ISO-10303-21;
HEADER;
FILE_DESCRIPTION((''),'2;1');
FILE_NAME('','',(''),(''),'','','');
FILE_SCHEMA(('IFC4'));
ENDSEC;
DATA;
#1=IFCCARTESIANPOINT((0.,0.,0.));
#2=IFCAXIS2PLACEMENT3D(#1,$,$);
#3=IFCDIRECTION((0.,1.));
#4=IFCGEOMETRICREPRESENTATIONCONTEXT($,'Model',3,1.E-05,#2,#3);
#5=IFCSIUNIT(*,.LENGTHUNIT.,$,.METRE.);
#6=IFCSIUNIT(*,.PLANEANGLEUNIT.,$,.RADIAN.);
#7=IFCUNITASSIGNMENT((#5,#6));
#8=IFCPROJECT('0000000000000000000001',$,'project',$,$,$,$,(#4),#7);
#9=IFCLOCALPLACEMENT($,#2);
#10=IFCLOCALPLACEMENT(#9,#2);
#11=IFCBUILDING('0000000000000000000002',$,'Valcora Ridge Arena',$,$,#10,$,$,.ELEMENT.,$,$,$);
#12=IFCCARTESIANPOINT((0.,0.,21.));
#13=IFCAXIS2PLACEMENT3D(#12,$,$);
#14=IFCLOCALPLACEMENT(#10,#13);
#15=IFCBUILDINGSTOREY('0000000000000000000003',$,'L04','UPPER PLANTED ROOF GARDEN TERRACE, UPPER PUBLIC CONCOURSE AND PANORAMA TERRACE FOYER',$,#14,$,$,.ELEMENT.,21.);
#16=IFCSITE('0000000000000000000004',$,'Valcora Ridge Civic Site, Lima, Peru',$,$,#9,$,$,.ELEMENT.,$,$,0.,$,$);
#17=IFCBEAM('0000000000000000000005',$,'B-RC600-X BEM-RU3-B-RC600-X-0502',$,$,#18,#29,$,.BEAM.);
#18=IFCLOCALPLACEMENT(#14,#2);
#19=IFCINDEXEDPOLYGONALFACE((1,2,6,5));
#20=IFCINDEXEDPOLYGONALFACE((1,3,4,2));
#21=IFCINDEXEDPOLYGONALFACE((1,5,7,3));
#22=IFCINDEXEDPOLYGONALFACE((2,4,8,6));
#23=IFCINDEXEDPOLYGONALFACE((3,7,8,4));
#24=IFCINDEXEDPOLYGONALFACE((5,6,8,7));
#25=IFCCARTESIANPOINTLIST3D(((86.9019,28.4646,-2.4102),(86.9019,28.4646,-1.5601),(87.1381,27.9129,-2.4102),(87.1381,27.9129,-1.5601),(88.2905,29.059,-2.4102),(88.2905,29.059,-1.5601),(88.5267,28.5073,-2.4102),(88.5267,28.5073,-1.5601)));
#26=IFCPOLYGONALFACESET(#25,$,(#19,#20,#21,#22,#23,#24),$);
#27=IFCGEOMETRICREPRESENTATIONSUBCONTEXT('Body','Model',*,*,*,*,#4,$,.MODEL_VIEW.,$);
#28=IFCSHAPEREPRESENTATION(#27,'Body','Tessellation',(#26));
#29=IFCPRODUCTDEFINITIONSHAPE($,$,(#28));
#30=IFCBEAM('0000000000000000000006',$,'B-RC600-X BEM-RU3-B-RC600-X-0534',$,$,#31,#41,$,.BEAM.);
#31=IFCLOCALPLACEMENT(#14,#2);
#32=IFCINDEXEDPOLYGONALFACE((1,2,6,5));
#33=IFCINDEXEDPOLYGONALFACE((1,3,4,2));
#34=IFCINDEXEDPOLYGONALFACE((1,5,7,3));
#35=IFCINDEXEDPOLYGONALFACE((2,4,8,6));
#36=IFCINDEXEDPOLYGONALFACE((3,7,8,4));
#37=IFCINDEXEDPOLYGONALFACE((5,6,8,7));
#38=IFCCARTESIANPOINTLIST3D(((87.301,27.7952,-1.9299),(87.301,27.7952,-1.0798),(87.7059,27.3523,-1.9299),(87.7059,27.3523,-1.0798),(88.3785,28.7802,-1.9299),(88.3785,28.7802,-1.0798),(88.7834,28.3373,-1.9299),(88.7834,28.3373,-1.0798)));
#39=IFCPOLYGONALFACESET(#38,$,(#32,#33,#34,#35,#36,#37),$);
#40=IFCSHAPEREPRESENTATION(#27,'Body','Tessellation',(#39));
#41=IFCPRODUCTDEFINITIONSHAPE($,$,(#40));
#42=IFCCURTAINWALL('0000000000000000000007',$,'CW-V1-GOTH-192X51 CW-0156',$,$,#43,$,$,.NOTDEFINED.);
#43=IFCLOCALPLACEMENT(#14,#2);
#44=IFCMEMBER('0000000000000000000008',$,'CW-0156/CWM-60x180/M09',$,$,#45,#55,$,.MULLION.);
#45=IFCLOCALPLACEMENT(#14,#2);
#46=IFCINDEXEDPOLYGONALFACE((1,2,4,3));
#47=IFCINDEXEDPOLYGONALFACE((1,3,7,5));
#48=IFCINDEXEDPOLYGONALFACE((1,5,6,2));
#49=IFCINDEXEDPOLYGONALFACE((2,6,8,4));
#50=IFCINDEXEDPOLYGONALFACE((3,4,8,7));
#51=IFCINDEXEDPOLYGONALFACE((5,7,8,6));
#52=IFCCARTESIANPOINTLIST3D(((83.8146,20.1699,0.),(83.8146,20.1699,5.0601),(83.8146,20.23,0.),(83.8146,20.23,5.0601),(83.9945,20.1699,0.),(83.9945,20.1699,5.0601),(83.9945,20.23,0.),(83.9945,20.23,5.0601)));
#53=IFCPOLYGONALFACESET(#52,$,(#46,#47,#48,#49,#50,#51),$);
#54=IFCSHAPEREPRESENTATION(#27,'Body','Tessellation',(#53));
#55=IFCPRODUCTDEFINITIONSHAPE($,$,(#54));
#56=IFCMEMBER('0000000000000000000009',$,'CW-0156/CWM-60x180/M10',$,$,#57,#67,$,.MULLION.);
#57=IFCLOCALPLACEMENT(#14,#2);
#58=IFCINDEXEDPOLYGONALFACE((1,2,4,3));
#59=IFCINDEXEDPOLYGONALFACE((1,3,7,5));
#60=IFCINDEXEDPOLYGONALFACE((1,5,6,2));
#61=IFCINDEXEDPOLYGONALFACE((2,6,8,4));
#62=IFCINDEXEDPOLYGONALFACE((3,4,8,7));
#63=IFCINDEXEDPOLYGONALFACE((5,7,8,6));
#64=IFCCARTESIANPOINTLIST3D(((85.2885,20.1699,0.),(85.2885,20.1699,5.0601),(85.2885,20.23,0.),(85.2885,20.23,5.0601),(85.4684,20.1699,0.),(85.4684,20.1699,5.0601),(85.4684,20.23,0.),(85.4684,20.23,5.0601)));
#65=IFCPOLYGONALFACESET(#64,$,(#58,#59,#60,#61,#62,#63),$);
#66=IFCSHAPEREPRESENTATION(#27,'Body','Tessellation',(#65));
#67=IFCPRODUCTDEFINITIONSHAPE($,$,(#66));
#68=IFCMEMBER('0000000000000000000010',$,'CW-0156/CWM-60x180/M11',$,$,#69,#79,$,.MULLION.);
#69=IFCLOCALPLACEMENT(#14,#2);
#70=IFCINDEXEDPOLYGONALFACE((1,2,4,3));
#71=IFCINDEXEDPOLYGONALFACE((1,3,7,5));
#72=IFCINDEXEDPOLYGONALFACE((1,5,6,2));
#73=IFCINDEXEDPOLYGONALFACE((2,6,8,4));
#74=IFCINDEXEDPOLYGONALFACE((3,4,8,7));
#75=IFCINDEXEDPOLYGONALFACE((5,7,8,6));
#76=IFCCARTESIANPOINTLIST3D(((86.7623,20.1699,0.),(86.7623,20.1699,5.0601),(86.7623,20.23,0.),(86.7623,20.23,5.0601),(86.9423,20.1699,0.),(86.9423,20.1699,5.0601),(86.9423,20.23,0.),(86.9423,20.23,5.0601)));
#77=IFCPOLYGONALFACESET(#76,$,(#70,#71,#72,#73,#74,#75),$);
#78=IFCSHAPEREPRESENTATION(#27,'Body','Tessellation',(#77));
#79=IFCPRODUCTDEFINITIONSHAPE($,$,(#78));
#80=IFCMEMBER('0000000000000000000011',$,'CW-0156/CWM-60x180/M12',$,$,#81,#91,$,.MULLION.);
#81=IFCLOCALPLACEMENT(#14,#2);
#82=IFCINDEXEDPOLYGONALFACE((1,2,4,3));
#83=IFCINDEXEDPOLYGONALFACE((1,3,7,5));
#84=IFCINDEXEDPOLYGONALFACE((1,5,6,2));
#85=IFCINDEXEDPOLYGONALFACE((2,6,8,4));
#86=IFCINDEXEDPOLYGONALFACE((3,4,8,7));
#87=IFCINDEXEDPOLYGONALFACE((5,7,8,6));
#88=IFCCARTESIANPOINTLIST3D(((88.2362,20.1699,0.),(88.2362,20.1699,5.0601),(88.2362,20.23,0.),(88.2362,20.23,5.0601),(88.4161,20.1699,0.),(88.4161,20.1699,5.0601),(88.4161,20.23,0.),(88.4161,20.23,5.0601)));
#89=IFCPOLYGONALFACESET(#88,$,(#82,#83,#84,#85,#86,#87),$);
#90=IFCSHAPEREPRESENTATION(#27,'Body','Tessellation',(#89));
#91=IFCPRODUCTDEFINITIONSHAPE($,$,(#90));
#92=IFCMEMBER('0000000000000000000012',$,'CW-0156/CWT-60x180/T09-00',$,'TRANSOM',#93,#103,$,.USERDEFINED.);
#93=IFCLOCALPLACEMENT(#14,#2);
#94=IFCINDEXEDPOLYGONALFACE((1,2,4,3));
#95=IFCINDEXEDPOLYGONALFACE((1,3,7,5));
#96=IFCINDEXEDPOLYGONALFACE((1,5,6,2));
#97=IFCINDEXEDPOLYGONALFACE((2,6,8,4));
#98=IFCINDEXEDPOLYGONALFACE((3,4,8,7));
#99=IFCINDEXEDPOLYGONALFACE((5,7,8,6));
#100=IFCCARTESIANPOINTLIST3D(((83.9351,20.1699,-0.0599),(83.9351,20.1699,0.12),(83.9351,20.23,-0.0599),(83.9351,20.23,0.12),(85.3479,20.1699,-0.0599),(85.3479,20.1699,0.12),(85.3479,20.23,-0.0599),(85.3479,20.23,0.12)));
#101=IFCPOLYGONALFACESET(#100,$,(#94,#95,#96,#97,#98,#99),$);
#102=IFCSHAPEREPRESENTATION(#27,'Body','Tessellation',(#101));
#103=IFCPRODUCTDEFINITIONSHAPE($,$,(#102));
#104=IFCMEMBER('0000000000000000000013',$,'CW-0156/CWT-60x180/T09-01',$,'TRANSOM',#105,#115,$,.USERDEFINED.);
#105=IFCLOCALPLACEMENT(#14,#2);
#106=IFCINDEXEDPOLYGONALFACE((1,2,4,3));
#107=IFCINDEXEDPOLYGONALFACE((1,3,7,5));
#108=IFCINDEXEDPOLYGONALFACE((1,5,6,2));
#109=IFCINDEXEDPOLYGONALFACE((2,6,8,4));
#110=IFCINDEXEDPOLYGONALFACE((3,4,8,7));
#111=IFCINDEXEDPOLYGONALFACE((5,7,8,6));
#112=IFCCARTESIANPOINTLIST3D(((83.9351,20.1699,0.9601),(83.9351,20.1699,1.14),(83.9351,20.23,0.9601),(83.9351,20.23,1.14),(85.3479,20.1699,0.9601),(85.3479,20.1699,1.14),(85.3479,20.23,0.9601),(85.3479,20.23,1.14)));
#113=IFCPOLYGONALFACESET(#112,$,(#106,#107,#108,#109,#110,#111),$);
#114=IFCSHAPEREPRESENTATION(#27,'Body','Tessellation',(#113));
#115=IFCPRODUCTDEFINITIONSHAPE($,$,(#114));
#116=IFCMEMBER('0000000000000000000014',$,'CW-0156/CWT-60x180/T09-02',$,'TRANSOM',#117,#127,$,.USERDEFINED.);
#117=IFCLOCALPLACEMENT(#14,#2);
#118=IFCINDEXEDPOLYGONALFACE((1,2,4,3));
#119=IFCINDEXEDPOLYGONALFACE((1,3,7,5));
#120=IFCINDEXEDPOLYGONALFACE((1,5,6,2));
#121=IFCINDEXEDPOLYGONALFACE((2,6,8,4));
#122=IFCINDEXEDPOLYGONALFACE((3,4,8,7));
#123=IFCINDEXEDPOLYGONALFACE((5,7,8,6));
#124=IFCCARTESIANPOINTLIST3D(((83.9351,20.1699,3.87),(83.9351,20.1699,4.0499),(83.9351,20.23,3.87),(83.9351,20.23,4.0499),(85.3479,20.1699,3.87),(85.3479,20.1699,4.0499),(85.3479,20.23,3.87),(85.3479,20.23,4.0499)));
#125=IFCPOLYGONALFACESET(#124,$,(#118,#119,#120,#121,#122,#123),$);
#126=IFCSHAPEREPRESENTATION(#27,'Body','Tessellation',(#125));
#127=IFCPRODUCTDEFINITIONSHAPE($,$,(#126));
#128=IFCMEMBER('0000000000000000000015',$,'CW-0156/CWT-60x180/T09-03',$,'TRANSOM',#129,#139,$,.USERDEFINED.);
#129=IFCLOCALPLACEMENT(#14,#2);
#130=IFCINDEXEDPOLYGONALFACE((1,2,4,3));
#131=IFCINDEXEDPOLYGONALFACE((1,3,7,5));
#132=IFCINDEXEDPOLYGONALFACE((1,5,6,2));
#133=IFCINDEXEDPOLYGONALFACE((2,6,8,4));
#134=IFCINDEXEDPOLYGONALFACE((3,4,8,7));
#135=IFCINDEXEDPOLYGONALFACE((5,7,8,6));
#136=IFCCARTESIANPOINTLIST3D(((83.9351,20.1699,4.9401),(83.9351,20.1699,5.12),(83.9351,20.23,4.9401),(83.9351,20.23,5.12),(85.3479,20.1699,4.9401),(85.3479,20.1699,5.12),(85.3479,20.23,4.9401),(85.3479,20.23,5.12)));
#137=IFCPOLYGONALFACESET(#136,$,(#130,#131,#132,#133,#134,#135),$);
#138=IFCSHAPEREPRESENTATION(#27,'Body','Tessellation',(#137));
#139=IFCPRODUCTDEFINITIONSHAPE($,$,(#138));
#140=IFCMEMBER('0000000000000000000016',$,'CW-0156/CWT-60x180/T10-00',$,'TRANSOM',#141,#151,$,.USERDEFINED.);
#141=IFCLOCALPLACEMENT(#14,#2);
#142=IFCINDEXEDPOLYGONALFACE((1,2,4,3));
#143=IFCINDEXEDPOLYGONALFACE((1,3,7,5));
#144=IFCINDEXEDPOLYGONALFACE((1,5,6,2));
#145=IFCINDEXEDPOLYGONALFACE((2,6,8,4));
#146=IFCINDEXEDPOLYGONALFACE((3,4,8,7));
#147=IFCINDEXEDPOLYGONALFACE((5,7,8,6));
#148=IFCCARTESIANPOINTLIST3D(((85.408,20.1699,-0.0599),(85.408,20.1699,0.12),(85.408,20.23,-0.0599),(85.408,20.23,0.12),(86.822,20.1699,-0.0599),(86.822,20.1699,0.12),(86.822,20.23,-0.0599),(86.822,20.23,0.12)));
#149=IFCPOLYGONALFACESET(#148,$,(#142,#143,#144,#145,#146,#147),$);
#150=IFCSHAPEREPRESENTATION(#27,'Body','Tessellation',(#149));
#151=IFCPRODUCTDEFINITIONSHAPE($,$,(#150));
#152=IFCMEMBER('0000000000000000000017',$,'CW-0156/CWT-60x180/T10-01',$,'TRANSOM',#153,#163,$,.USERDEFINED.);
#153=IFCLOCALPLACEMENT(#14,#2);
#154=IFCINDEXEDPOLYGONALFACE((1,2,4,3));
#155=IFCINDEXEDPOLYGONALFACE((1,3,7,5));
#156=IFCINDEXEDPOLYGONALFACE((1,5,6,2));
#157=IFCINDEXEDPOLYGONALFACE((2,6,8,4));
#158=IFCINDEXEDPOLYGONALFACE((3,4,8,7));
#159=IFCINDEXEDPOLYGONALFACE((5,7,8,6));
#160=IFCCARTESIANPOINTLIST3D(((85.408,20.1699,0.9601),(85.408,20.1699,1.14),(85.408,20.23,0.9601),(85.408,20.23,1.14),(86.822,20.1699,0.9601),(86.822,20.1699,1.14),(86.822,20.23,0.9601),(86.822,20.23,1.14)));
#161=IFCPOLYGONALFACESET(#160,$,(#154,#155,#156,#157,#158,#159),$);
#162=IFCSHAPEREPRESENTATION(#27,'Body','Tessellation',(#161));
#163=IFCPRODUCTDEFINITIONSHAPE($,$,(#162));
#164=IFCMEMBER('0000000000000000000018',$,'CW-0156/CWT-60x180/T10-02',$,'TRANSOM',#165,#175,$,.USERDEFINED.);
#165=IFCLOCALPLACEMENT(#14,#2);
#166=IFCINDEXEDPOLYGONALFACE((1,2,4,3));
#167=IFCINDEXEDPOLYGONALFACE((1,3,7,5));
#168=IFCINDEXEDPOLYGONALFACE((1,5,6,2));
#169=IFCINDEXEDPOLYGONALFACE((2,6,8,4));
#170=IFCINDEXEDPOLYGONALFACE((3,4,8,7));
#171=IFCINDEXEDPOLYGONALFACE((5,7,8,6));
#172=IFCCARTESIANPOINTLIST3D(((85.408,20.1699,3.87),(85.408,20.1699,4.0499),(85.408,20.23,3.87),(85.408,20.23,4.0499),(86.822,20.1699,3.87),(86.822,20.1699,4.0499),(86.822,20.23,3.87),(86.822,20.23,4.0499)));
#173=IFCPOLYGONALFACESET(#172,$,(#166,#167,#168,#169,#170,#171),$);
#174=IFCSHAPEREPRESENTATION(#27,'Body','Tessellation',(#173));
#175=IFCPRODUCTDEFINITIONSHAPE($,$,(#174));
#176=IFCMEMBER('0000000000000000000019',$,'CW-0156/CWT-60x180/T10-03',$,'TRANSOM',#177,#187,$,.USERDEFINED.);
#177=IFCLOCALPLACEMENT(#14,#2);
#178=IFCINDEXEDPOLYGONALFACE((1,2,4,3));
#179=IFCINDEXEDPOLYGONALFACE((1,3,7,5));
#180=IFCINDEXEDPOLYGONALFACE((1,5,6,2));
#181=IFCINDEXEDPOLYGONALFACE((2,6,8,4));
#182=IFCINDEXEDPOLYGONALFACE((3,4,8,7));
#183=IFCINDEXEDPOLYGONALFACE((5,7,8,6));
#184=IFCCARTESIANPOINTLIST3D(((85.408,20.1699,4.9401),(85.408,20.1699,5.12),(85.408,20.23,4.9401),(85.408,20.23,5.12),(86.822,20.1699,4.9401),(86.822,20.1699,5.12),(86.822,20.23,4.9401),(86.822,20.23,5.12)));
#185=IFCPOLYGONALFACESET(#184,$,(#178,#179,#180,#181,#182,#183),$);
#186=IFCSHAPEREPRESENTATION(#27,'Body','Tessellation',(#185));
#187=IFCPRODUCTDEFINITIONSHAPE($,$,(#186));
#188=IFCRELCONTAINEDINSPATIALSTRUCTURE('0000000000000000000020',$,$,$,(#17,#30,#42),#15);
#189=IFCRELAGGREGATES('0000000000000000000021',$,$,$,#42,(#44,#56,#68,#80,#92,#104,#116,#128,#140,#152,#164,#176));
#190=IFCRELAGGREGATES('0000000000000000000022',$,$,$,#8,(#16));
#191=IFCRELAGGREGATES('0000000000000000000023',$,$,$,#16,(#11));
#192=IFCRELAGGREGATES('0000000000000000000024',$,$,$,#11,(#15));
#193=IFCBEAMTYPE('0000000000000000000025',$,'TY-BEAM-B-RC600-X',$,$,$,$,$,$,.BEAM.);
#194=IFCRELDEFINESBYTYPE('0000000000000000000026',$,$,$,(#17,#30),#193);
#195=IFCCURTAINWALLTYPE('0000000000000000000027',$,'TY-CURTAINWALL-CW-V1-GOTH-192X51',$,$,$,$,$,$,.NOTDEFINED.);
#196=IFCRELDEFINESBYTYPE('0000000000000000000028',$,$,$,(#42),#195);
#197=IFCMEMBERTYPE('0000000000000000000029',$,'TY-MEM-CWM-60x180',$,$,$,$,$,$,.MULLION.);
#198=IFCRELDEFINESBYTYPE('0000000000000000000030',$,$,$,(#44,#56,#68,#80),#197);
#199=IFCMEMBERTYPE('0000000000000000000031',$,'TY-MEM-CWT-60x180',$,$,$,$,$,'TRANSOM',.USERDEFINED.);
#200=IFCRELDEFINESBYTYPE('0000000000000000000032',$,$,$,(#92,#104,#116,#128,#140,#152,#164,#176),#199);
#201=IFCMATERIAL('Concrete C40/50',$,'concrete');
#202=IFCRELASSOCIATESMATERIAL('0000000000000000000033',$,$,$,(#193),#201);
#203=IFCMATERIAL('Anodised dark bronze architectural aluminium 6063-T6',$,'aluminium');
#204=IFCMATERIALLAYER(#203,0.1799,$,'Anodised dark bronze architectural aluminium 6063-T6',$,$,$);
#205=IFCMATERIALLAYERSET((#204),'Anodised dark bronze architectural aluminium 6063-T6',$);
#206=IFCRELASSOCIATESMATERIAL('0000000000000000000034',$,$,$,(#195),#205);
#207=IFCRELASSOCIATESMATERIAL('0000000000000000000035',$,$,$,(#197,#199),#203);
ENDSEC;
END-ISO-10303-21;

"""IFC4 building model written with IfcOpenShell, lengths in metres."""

from ifc_helpers import new_model, si_unit, direction, frame, origin, origin_2d, place, context, subcontext, project, spatial, rectangle, extrude, material, layer, layer_set, material_profile, profile_set, type_object, element, aggregate, save


model = new_model("IFC4")

# Units and contexts
model_context = context("Model", 3, precision=1e-05, world=origin(), true_north=direction((0.0, 1.0)))
body_context = subcontext(model_context, "Body", "Model", "MODEL_VIEW")
ifc_project = project(units=[si_unit("LENGTHUNIT", "METRE"), si_unit("PLANEANGLEUNIT", "RADIAN")], contexts=[model_context])

# Site, building, storey
site_placement = place(None, origin())
site = spatial("IfcSite", under=ifc_project, at=site_placement, Name="Valcora Ridge Civic Site, Lima, Peru", CompositionType="ELEMENT", RefElevation=0.0)
building_placement = place(site_placement, origin())
building = spatial("IfcBuilding", under=site, at=building_placement, Name="Valcora Ridge Arena", CompositionType="ELEMENT")
storey_placement = place(building_placement, frame((0.0, 0.0, 21.0)))
storey = spatial("IfcBuildingStorey", under=building, at=storey_placement, Name="L04", Description="UPPER PLANTED ROOF GARDEN TERRACE, UPPER PUBLIC CONCOURSE AND PANORAMA TERRACE FOYER", CompositionType="ELEMENT", Elevation=21.0)

# Beams
ifc_material_1 = material(Name="Concrete C40/50", Category="concrete")
ifc_material_profile_1 = material_profile(ifc_material_1, rectangle(XDim=0.6001, YDim=0.8501, at=origin_2d()), Name="RC 600x850")
ifc_profile_set_1 = profile_set([ifc_material_profile_1], Name="Concrete C40/50")
beam_type = type_object("IfcBeamType", Name="TY-BEAM-B-RC600-X", PredefinedType="BEAM", material=ifc_profile_set_1)
beam_1_placement = place(storey_placement, frame((87.02, 28.1887, -1.9851), z_axis=(0.919304, 0.393549, 0.0), x_axis=(-0.393549, 0.919304, 0.0)))
element("IfcBeam", 1, at=beam_1_placement, inside=storey, type_object=beam_type, Name="B-RC600-X BEM-RU3-B-RC600-X-0502", PredefinedType="BEAM", context=body_context, shape_type="SweptSolid", body=[
    extrude(rectangle(XDim=0.6001, YDim=0.8501, at=origin_2d()), origin(), (0.0, 0.0, 1.0), 1.5105),
])
beam_2_placement = place(storey_placement, frame((87.5034, 27.5737, -1.5049), z_axis=(0.738084, 0.674709, 0.0), x_axis=(-0.674709, 0.738084, 0.0)))
element("IfcBeam", 2, at=beam_2_placement, inside=storey, type_object=beam_type, Name="B-RC600-X BEM-RU3-B-RC600-X-0534", PredefinedType="BEAM", context=body_context, shape_type="SweptSolid", body=[
    extrude(rectangle(XDim=0.6001, YDim=0.8501, at=origin_2d()), origin(), (0.0, 0.0, 1.0), 1.46),
])

# Curtain wall, members
ifc_material_2 = material(Name="Anodised dark bronze architectural aluminium 6063-T6", Category="aluminium")
ifc_layer_1 = layer(ifc_material_2, 0.1799, Name="Anodised dark bronze architectural aluminium 6063-T6")
ifc_layer_set_1 = layer_set([ifc_layer_1], Name="Anodised dark bronze architectural aluminium 6063-T6")
curtain_wall_type = type_object("IfcCurtainWallType", Name="TY-CURTAINWALL-CW-V1-GOTH-192X51", PredefinedType="NOTDEFINED", material=ifc_layer_set_1)
curtain_wall_placement = place(storey_placement, origin())
curtain_wall = element("IfcCurtainWall", 3, at=curtain_wall_placement, inside=storey, type_object=curtain_wall_type, Name="CW-V1-GOTH-192X51 CW-0156", PredefinedType="NOTDEFINED")
ifc_material_profile_2 = material_profile(ifc_material_2, rectangle(XDim=0.0601, YDim=0.1799, at=origin_2d()), Name="ALU MULLION 60x180")
ifc_profile_set_2 = profile_set([ifc_material_profile_2], Name="Anodised dark bronze architectural aluminium 6063-T6")
member_type_1 = type_object("IfcMemberType", Name="TY-MEM-CWM-60x180", PredefinedType="MULLION", material=ifc_profile_set_2)
member_1_placement = place(storey_placement, frame((83.9045, 20.2, 0.0), z_axis=(0.0, 0.0, 1.0), x_axis=(0.0, 1.0, 0.0)))
member_1 = element("IfcMember", 4, at=member_1_placement, type_object=member_type_1, Name="CW-0156/CWM-60x180/M09", PredefinedType="MULLION", context=body_context, shape_type="SweptSolid", body=[
    extrude(rectangle(XDim=0.0601, YDim=0.1799, at=origin_2d()), origin(), (0.0, 0.0, 1.0), 5.0601),
])
member_2_placement = place(storey_placement, frame((85.3784, 20.2, 0.0), z_axis=(0.0, 0.0, 1.0), x_axis=(0.0, 1.0, 0.0)))
member_2 = element("IfcMember", 5, at=member_2_placement, type_object=member_type_1, Name="CW-0156/CWM-60x180/M10", PredefinedType="MULLION", context=body_context, shape_type="SweptSolid", body=[
    extrude(rectangle(XDim=0.0601, YDim=0.1799, at=origin_2d()), origin(), (0.0, 0.0, 1.0), 5.0601),
])
member_3_placement = place(storey_placement, frame((86.8523, 20.2, 0.0), z_axis=(0.0, 0.0, 1.0), x_axis=(0.0, 1.0, 0.0)))
member_3 = element("IfcMember", 6, at=member_3_placement, type_object=member_type_1, Name="CW-0156/CWM-60x180/M11", PredefinedType="MULLION", context=body_context, shape_type="SweptSolid", body=[
    extrude(rectangle(XDim=0.0601, YDim=0.1799, at=origin_2d()), origin(), (0.0, 0.0, 1.0), 5.0601),
])
member_4_placement = place(storey_placement, frame((88.3262, 20.2, 0.0), z_axis=(0.0, 0.0, 1.0), x_axis=(0.0, 1.0, 0.0)))
member_4 = element("IfcMember", 7, at=member_4_placement, type_object=member_type_1, Name="CW-0156/CWM-60x180/M12", PredefinedType="MULLION", context=body_context, shape_type="SweptSolid", body=[
    extrude(rectangle(XDim=0.0601, YDim=0.1799, at=origin_2d()), origin(), (0.0, 0.0, 1.0), 5.0601),
])
ifc_material_profile_3 = material_profile(ifc_material_2, rectangle(XDim=0.0601, YDim=0.1799, at=origin_2d()), Name="ALU TRANSOM 60x180")
ifc_profile_set_3 = profile_set([ifc_material_profile_3], Name="Anodised dark bronze architectural aluminium 6063-T6")
member_type_2 = type_object("IfcMemberType", Name="TY-MEM-CWT-60x180", ElementType="TRANSOM", PredefinedType="USERDEFINED", material=ifc_profile_set_3)
member_5_placement = place(storey_placement, frame((83.9351, 20.2, 0.03), z_axis=(1.0, 0.0, 0.0), x_axis=(0.0, 1.0, 0.0)))
member_5 = element("IfcMember", 8, at=member_5_placement, type_object=member_type_2, Name="CW-0156/CWT-60x180/T09-00", ObjectType="TRANSOM", PredefinedType="USERDEFINED", context=body_context, shape_type="SweptSolid", body=[
    extrude(rectangle(XDim=0.0601, YDim=0.1799, at=origin_2d()), origin(), (0.0, 0.0, 1.0), 1.4128),
])
member_6_placement = place(storey_placement, frame((83.9351, 20.2, 1.05), z_axis=(1.0, 0.0, 0.0), x_axis=(0.0, 1.0, 0.0)))
member_6 = element("IfcMember", 9, at=member_6_placement, type_object=member_type_2, Name="CW-0156/CWT-60x180/T09-01", ObjectType="TRANSOM", PredefinedType="USERDEFINED", context=body_context, shape_type="SweptSolid", body=[
    extrude(rectangle(XDim=0.0601, YDim=0.1799, at=origin_2d()), origin(), (0.0, 0.0, 1.0), 1.4128),
])
member_7_placement = place(storey_placement, frame((83.9351, 20.2, 3.96), z_axis=(1.0, 0.0, 0.0), x_axis=(0.0, 1.0, 0.0)))
member_7 = element("IfcMember", 10, at=member_7_placement, type_object=member_type_2, Name="CW-0156/CWT-60x180/T09-02", ObjectType="TRANSOM", PredefinedType="USERDEFINED", context=body_context, shape_type="SweptSolid", body=[
    extrude(rectangle(XDim=0.0601, YDim=0.1799, at=origin_2d()), origin(), (0.0, 0.0, 1.0), 1.4128),
])
member_8_placement = place(storey_placement, frame((83.9351, 20.2, 5.03), z_axis=(1.0, 0.0, 0.0), x_axis=(0.0, 1.0, 0.0)))
member_8 = element("IfcMember", 11, at=member_8_placement, type_object=member_type_2, Name="CW-0156/CWT-60x180/T09-03", ObjectType="TRANSOM", PredefinedType="USERDEFINED", context=body_context, shape_type="SweptSolid", body=[
    extrude(rectangle(XDim=0.0601, YDim=0.1799, at=origin_2d()), origin(), (0.0, 0.0, 1.0), 1.4128),
])
member_9_placement = place(storey_placement, frame((85.408, 20.2, 0.03), z_axis=(1.0, 0.0, 0.0), x_axis=(0.0, 1.0, 0.0)))
member_9 = element("IfcMember", 12, at=member_9_placement, type_object=member_type_2, Name="CW-0156/CWT-60x180/T10-00", ObjectType="TRANSOM", PredefinedType="USERDEFINED", context=body_context, shape_type="SweptSolid", body=[
    extrude(rectangle(XDim=0.0601, YDim=0.1799, at=origin_2d()), origin(), (0.0, 0.0, 1.0), 1.4141),
])
member_10_placement = place(storey_placement, frame((85.408, 20.2, 1.05), z_axis=(1.0, 0.0, 0.0), x_axis=(0.0, 1.0, 0.0)))
member_10 = element("IfcMember", 13, at=member_10_placement, type_object=member_type_2, Name="CW-0156/CWT-60x180/T10-01", ObjectType="TRANSOM", PredefinedType="USERDEFINED", context=body_context, shape_type="SweptSolid", body=[
    extrude(rectangle(XDim=0.0601, YDim=0.1799, at=origin_2d()), origin(), (0.0, 0.0, 1.0), 1.4141),
])
member_11_placement = place(storey_placement, frame((85.408, 20.2, 3.96), z_axis=(1.0, 0.0, 0.0), x_axis=(0.0, 1.0, 0.0)))
member_11 = element("IfcMember", 14, at=member_11_placement, type_object=member_type_2, Name="CW-0156/CWT-60x180/T10-02", ObjectType="TRANSOM", PredefinedType="USERDEFINED", context=body_context, shape_type="SweptSolid", body=[
    extrude(rectangle(XDim=0.0601, YDim=0.1799, at=origin_2d()), origin(), (0.0, 0.0, 1.0), 1.4141),
])
member_12_placement = place(storey_placement, frame((85.408, 20.2, 5.03), z_axis=(1.0, 0.0, 0.0), x_axis=(0.0, 1.0, 0.0)))
member_12 = element("IfcMember", 15, at=member_12_placement, type_object=member_type_2, Name="CW-0156/CWT-60x180/T10-03", ObjectType="TRANSOM", PredefinedType="USERDEFINED", context=body_context, shape_type="SweptSolid", body=[
    extrude(rectangle(XDim=0.0601, YDim=0.1799, at=origin_2d()), origin(), (0.0, 0.0, 1.0), 1.4141),
])
aggregate(curtain_wall, [member_1, member_2, member_3, member_4, member_5, member_6, member_7, member_8, member_9, member_10, member_11, member_12])

save(model, "model.ifc")
